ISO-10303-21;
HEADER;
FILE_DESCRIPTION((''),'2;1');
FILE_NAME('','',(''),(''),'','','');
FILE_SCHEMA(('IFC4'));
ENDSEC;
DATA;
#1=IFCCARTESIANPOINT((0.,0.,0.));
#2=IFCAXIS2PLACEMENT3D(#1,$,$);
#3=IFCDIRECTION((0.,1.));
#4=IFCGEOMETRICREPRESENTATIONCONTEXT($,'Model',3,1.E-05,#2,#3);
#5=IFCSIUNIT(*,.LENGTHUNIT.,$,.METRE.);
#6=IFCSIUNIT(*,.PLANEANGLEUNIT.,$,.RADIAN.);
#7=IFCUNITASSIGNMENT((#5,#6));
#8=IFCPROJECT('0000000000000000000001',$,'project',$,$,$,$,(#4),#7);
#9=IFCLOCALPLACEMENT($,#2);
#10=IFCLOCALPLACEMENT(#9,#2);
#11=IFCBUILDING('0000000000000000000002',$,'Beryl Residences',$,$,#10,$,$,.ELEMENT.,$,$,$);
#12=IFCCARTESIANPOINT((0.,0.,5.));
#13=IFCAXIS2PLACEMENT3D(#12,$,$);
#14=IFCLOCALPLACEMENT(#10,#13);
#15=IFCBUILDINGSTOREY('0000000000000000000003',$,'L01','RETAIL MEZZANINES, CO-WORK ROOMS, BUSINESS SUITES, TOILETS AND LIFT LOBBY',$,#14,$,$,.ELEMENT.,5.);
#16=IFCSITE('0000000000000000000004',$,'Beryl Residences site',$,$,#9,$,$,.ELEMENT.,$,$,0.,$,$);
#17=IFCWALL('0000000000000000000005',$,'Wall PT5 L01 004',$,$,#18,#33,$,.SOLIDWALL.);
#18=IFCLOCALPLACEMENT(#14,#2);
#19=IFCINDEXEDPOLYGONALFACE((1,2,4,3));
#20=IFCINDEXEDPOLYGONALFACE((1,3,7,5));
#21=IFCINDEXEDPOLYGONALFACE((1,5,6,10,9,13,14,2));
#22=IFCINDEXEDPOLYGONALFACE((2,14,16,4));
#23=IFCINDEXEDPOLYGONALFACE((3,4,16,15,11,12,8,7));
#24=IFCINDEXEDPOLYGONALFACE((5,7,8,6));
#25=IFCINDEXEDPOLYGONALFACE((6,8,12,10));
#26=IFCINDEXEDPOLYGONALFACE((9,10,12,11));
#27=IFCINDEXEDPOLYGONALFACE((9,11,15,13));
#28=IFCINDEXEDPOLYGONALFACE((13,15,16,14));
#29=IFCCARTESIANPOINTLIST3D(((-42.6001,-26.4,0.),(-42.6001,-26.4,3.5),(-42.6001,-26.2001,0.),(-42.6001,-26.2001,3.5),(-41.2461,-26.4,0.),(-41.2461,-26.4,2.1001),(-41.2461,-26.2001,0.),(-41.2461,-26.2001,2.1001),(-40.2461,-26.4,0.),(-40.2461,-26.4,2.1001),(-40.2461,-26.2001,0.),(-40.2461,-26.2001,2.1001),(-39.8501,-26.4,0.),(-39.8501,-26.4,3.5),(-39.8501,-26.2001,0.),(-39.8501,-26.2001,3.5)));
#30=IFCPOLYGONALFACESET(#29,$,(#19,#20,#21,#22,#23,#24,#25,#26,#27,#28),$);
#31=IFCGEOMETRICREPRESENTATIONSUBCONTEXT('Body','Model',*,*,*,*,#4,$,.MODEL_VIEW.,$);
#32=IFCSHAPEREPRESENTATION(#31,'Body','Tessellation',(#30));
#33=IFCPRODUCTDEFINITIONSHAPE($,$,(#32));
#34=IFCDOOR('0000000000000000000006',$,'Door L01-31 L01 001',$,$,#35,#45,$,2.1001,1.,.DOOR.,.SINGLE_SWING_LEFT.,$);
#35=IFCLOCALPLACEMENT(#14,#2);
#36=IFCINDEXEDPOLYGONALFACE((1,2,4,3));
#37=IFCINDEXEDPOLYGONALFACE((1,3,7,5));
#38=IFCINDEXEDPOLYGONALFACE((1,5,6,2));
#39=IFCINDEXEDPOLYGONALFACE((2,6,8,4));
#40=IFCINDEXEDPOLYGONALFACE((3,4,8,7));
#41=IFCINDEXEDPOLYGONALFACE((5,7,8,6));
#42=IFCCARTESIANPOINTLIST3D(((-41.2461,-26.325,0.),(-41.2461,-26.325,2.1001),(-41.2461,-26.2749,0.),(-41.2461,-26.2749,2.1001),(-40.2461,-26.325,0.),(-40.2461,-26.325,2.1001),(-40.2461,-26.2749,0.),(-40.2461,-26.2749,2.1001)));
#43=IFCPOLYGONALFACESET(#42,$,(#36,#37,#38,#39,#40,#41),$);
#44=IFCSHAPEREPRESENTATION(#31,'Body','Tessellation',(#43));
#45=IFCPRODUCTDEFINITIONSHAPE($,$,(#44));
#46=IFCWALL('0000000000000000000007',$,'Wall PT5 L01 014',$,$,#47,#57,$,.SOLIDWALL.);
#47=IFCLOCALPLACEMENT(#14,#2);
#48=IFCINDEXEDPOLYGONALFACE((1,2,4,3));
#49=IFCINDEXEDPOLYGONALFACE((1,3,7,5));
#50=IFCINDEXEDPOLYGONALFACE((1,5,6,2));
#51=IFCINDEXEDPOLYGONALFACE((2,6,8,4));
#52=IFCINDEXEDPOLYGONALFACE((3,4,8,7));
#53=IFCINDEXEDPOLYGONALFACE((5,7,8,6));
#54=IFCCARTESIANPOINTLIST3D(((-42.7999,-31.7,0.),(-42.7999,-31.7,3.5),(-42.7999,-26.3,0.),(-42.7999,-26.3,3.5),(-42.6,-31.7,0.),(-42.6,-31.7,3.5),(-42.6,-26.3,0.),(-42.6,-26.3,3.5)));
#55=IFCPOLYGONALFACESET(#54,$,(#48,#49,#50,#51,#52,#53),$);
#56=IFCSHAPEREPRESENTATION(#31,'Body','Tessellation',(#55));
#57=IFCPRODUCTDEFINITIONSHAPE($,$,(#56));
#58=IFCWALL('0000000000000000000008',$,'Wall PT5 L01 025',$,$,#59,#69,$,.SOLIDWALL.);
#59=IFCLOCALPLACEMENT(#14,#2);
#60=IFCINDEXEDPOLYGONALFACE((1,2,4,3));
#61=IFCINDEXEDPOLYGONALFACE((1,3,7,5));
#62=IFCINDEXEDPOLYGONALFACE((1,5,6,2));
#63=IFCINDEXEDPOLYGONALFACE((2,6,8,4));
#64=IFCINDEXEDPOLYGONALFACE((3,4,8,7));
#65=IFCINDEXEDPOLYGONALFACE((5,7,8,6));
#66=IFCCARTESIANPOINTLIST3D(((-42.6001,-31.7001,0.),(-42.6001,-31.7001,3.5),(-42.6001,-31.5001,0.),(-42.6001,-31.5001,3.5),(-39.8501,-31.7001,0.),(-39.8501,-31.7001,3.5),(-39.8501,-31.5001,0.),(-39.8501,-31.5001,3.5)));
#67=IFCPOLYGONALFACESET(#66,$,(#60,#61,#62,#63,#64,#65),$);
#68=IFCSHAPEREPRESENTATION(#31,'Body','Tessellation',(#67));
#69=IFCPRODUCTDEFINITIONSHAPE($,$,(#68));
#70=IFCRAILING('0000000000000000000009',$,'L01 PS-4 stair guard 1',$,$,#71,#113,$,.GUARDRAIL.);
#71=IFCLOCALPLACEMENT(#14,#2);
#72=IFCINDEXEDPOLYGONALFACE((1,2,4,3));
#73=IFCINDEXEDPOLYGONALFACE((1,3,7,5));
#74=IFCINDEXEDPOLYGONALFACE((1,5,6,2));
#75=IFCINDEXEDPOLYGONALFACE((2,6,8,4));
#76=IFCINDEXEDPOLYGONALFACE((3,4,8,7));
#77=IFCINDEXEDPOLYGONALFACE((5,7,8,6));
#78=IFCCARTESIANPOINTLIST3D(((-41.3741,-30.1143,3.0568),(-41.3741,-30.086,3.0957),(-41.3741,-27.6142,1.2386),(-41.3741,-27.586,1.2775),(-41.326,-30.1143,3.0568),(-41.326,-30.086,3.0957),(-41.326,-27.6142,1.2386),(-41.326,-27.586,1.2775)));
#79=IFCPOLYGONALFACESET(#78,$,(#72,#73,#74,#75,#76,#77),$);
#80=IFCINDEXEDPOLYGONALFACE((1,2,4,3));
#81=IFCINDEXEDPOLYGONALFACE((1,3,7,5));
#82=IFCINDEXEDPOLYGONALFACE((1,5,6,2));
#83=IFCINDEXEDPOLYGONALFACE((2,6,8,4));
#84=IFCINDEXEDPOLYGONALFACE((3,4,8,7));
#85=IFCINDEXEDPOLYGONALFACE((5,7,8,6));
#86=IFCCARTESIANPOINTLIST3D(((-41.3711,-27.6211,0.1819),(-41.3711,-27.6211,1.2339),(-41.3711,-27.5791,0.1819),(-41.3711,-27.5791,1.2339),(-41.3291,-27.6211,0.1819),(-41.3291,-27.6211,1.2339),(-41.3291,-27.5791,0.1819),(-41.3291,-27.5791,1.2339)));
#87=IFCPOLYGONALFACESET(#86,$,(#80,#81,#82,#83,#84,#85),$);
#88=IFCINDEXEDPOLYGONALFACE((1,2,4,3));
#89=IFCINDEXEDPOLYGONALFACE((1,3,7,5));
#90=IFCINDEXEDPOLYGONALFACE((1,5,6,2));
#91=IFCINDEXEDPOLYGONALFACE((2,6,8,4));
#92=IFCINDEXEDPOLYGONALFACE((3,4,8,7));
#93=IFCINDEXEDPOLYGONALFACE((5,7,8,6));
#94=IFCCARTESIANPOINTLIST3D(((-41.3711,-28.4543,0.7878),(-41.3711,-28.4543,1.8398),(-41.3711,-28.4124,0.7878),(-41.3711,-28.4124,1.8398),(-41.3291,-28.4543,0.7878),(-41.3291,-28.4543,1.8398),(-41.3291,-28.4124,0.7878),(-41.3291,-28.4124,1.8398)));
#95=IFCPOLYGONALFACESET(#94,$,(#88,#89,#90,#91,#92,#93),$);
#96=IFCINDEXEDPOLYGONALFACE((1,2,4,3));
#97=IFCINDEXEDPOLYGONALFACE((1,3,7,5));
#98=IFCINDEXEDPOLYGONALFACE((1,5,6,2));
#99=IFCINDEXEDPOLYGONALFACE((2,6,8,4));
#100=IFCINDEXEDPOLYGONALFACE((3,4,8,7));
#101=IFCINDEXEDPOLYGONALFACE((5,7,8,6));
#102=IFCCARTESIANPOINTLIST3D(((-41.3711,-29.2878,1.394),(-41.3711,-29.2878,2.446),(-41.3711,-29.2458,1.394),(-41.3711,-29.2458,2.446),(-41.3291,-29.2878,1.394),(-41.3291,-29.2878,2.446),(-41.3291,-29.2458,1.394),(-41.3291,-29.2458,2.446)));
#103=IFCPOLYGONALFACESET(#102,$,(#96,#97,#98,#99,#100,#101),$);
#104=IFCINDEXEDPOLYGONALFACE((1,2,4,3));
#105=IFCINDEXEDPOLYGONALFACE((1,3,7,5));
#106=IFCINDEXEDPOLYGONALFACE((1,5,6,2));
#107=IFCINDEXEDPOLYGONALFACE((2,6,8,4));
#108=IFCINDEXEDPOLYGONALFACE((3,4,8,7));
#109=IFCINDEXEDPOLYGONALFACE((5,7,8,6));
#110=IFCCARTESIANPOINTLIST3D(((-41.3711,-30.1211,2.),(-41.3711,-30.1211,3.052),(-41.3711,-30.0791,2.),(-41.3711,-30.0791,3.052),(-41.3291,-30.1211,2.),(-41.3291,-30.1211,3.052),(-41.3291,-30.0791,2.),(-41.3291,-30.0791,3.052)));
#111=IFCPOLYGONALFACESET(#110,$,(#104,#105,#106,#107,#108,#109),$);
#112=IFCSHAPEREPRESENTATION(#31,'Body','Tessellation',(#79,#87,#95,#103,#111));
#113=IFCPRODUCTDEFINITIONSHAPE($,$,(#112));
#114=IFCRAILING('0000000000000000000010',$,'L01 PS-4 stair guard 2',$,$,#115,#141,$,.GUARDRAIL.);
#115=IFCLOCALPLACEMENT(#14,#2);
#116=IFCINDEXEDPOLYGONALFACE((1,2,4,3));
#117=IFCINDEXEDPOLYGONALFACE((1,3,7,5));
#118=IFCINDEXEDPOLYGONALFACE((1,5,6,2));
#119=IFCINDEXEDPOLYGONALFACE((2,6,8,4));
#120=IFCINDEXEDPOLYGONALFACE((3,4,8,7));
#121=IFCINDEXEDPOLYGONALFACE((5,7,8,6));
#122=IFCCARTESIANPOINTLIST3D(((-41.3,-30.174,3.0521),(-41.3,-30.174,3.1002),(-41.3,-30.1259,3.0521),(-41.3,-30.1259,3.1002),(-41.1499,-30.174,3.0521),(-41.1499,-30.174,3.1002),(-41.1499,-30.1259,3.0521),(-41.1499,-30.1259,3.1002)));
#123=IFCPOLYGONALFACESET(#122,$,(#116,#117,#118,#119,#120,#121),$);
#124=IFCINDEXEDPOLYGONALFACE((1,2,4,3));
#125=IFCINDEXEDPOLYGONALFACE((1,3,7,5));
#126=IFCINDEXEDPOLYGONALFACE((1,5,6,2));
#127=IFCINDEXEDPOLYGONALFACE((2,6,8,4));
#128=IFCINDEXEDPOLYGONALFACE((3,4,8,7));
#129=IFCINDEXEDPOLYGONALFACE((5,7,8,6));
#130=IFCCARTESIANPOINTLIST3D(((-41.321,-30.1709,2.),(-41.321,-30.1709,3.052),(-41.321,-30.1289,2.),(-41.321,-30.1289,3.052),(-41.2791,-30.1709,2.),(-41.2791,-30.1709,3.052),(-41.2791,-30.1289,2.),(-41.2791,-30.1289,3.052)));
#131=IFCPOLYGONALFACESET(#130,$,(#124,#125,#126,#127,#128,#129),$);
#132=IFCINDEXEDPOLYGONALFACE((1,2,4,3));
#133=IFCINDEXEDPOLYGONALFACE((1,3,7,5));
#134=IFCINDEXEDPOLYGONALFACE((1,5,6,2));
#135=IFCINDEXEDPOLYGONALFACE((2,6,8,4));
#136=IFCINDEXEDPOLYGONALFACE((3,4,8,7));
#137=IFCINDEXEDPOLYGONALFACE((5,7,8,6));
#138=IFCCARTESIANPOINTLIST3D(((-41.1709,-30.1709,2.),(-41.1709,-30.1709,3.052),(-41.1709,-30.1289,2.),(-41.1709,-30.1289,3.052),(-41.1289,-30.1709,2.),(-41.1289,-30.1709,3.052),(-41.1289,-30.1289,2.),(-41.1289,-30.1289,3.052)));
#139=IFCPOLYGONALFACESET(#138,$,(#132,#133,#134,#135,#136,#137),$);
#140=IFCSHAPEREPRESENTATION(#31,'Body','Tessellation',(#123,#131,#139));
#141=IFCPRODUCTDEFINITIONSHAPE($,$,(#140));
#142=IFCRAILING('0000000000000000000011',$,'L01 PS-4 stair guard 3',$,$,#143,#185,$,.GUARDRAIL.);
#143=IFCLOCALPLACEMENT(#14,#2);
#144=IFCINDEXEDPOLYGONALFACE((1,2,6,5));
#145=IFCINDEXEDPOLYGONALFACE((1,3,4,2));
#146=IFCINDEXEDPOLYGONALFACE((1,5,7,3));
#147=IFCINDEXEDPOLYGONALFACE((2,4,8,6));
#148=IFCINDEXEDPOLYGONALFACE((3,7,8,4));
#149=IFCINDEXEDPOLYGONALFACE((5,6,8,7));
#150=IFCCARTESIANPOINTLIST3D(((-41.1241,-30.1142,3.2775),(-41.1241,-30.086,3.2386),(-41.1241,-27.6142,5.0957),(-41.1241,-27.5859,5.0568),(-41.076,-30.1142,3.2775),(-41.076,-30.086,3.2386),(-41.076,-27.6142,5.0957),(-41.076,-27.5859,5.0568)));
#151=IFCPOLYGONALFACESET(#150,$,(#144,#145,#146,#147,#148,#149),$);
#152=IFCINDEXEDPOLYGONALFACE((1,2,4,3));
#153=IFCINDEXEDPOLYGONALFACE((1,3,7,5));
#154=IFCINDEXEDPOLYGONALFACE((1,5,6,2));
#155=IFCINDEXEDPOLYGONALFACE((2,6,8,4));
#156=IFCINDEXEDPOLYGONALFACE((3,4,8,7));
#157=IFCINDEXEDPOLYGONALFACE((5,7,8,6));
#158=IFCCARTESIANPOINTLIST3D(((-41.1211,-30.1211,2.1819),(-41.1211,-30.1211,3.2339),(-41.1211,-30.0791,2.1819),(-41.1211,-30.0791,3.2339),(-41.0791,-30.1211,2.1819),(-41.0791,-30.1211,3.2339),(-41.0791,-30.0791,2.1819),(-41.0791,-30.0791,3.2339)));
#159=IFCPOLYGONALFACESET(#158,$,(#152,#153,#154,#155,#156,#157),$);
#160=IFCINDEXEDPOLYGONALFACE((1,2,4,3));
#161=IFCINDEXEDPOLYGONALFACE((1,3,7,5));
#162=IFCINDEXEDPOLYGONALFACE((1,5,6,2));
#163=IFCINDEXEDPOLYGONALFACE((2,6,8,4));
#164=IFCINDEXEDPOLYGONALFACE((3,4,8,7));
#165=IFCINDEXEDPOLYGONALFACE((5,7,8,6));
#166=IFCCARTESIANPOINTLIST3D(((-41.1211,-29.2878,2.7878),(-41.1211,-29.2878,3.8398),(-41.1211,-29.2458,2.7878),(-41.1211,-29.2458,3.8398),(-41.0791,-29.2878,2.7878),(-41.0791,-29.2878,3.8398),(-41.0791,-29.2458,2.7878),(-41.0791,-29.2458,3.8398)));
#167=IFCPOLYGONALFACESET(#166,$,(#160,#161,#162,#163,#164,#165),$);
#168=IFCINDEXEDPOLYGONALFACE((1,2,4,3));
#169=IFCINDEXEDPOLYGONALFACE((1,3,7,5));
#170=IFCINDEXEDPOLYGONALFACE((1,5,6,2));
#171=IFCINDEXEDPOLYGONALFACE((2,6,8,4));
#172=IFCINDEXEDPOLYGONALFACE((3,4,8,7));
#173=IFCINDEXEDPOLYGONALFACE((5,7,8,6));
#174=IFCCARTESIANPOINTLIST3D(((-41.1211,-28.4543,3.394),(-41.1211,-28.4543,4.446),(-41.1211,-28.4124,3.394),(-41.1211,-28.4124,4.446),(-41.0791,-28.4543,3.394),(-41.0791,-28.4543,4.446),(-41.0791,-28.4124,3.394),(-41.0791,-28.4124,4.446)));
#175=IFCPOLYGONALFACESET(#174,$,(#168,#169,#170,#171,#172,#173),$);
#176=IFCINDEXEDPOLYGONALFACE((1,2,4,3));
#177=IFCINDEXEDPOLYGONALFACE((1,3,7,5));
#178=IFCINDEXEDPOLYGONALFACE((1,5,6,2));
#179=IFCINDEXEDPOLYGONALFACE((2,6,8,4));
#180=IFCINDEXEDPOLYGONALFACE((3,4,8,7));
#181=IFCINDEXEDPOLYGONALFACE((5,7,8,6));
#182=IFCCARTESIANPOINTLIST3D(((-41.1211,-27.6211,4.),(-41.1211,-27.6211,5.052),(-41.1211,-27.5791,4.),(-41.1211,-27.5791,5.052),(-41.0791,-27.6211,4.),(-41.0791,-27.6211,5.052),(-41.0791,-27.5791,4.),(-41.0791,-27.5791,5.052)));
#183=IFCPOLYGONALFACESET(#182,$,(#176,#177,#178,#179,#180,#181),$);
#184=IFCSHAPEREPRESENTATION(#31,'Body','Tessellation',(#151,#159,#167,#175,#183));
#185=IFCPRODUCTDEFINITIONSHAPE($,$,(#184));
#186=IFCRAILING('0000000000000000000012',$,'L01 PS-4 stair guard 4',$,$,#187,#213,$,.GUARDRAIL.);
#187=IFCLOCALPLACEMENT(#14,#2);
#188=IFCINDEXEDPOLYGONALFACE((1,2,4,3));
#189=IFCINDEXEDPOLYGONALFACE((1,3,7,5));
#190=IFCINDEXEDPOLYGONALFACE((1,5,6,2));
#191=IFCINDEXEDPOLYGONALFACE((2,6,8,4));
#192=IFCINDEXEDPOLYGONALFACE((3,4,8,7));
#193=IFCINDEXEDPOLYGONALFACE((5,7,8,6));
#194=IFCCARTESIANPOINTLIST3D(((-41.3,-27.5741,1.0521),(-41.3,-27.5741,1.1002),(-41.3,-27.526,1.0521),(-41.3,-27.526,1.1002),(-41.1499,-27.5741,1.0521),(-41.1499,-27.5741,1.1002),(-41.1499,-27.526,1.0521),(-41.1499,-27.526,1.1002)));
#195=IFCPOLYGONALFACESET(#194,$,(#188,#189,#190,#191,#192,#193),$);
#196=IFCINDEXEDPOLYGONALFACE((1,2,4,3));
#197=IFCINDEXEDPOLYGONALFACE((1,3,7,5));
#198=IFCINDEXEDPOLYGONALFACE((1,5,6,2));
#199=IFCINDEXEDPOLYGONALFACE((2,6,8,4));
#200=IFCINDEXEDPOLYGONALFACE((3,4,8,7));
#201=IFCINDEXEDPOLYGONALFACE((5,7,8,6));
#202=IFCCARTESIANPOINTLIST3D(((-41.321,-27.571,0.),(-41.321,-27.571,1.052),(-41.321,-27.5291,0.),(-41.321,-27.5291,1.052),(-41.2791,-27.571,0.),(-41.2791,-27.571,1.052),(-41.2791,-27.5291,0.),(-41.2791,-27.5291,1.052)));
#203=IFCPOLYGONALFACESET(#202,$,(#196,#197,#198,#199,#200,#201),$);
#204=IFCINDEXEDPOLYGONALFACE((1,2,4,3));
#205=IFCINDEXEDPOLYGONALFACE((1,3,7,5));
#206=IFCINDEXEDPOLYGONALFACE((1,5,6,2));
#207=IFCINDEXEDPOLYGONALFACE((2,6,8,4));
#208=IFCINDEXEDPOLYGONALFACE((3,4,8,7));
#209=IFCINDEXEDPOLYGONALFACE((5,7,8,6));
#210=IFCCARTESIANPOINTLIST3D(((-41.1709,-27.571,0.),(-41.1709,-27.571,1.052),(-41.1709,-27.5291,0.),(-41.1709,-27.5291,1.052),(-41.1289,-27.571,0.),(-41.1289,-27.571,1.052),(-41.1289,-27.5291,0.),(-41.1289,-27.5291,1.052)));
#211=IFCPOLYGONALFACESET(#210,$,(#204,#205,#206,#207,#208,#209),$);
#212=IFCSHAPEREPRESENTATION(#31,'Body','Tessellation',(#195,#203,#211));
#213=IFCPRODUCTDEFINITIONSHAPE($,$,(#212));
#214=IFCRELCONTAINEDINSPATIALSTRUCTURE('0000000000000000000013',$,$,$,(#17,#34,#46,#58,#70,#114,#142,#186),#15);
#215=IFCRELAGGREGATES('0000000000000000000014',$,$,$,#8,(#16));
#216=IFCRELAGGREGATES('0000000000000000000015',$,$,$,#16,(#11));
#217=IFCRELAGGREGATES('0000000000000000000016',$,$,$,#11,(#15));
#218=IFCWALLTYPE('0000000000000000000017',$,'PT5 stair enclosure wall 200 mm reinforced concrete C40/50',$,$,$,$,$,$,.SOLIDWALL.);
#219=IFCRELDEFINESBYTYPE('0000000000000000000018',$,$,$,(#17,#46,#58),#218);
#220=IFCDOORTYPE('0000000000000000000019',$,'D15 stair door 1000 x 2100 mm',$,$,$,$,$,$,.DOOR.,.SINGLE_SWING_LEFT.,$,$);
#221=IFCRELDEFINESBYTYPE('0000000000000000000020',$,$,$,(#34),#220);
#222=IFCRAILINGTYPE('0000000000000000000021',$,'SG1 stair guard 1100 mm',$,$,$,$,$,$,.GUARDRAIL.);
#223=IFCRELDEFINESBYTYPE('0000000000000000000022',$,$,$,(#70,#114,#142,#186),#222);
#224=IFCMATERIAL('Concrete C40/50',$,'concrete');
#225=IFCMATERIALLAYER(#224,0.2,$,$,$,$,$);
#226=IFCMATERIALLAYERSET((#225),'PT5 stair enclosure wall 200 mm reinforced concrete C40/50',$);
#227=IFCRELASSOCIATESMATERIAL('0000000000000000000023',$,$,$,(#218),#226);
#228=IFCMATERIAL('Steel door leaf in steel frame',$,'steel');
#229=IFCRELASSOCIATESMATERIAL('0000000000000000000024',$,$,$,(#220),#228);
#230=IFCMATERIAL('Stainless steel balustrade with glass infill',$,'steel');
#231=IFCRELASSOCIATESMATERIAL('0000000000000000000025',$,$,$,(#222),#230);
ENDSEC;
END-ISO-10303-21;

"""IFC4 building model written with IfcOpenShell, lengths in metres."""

from ifc_helpers import new_model, si_unit, direction, frame, frame_2d, origin, origin_2d, place, context, subcontext, project, spatial, rectangle, extrude, material, layer, layer_set, type_object, element, fill, save


model = new_model("IFC4")

# Units and contexts
model_context = context("Model", 3, precision=1e-05, world=origin(), true_north=direction((0.0, 1.0)))
body_context = subcontext(model_context, "Body", "Model", "MODEL_VIEW")
ifc_project = project(units=[si_unit("LENGTHUNIT", "METRE"), si_unit("PLANEANGLEUNIT", "RADIAN")], contexts=[model_context])

# Site, building, storey
site_placement = place(None, origin())
site = spatial("IfcSite", under=ifc_project, at=site_placement, Name="Beryl Residences site", CompositionType="ELEMENT", RefElevation=0.0)
building_placement = place(site_placement, origin())
building = spatial("IfcBuilding", under=site, at=building_placement, Name="Beryl Residences", CompositionType="ELEMENT")
storey_placement = place(building_placement, frame((0.0, 0.0, 5.0)))
storey = spatial("IfcBuildingStorey", under=building, at=storey_placement, Name="L01", Description="RETAIL MEZZANINES, CO-WORK ROOMS, BUSINESS SUITES, TOILETS AND LIFT LOBBY", CompositionType="ELEMENT", Elevation=5.0)

# Wall, opening, door
ifc_material_1 = material(Name="Concrete C40/50", Category="concrete")
ifc_layer_1 = layer(ifc_material_1, 0.2)
ifc_layer_set_1 = layer_set([ifc_layer_1], Name="PT5 stair enclosure wall 200 mm reinforced concrete C40/50")
wall_type_1 = type_object("IfcWallType", Name="PT5 stair enclosure wall 200 mm reinforced concrete C40/50", PredefinedType="SOLIDWALL", material=ifc_layer_set_1)
wall_1_placement = place(storey_placement, frame((-42.6001, -26.3, 0.0), z_axis=(0.0, 0.0, 1.0), x_axis=(1.0, 0.0, 0.0)))
wall_1 = element("IfcWall", 1, at=wall_1_placement, inside=storey, type_object=wall_type_1, Name="Wall PT5 L01 004", PredefinedType="SOLIDWALL", context=body_context, shape_type="SweptSolid", body=[
    extrude(rectangle(XDim=2.75, YDim=0.2, at=frame_2d((1.375, 0.0))), origin(), (0.0, 0.0, 1.0), 3.5),
])
opening_1_placement = place(wall_1_placement, frame((2.354, 0.0, 0.0), z_axis=(0.0, 0.0, 1.0), x_axis=(-1.0, 0.0, 0.0)))
opening_1 = element("IfcOpeningElement", 2, at=opening_1_placement, cuts=wall_1, PredefinedType="OPENING", context=body_context, shape_type="SweptSolid", body=[
    extrude(rectangle(XDim=1.0, YDim=2.1001, at=frame_2d((0.5, 1.05))), frame((0.0, 0.1099, 0.0), z_axis=(0.0, -1.0, 0.0), x_axis=(1.0, 0.0, 0.0)), (0.0, 0.0, 1.0), 0.22),
])
ifc_material_2 = material(Name="Steel door leaf in steel frame", Category="steel")
door_type_1 = type_object("IfcDoorType", Name="D15 stair door 1000 x 2100 mm", OperationType="SINGLE_SWING_LEFT", PredefinedType="DOOR", material=ifc_material_2)
door_1_placement = place(opening_1_placement, origin())
door_1 = element("IfcDoor", 3, at=door_1_placement, inside=storey, type_object=door_type_1, Name="Door L01-31 L01 001", OperationType="SINGLE_SWING_LEFT", OverallHeight=2.1001, OverallWidth=1.0, PredefinedType="DOOR", context=body_context, shape_type="SweptSolid", body=[
    extrude(rectangle(XDim=1.0, YDim=2.1001, at=frame_2d((0.5, 1.05))), frame((0.0, 0.0249, 0.0), z_axis=(0.0, -1.0, 0.0), x_axis=(1.0, 0.0, 0.0)), (0.0, 0.0, 1.0), 0.05),
])
fill(opening_1, door_1)

# Walls
wall_2_placement = place(storey_placement, frame((-42.7, -31.7, 0.0), z_axis=(0.0, 0.0, 1.0), x_axis=(0.0, 1.0, 0.0)))
element("IfcWall", 4, at=wall_2_placement, inside=storey, type_object=wall_type_1, Name="Wall PT5 L01 014", PredefinedType="SOLIDWALL", context=body_context, shape_type="SweptSolid", body=[
    extrude(rectangle(XDim=5.3999, YDim=0.2, at=frame_2d((2.7, 0.0))), origin(), (0.0, 0.0, 1.0), 3.5),
])
wall_3_placement = place(storey_placement, frame((-42.6001, -31.6001, 0.0), z_axis=(0.0, 0.0, 1.0), x_axis=(1.0, 0.0, 0.0)))
element("IfcWall", 5, at=wall_3_placement, inside=storey, type_object=wall_type_1, Name="Wall PT5 L01 025", PredefinedType="SOLIDWALL", context=body_context, shape_type="SweptSolid", body=[
    extrude(rectangle(XDim=2.75, YDim=0.2, at=frame_2d((1.375, 0.0))), origin(), (0.0, 0.0, 1.0), 3.5),
])

# Railings
ifc_material_3 = material(Name="Stainless steel balustrade with glass infill", Category="steel")
railing_type_1 = type_object("IfcRailingType", Name="SG1 stair guard 1100 mm", PredefinedType="GUARDRAIL", material=ifc_material_3)
railing_1_placement = place(storey_placement, frame((-41.3501, -27.6001, 0.1819)))
element("IfcRailing", 6, at=railing_1_placement, inside=storey, type_object=railing_type_1, Name="L01 PS-4 stair guard 1", PredefinedType="GUARDRAIL", context=body_context, shape_type="SweptSolid", body=[
    extrude(rectangle(XDim=0.0481, YDim=0.0481, at=origin_2d()), frame((0.0, 0.0, 1.0762), z_axis=(0.0, -0.808746, 0.588158), x_axis=(1.0, 0.0, 0.0)), (0.0, 0.0, 1.0), 3.0913),
    extrude(rectangle(XDim=0.042, YDim=0.042, at=origin_2d()), origin(), (0.0, 0.0, 1.0), 1.052),
    extrude(rectangle(XDim=0.042, YDim=0.042, at=origin_2d()), frame((0.0, -0.8333, 0.606)), (0.0, 0.0, 1.0), 1.052),
    extrude(rectangle(XDim=0.042, YDim=0.042, at=origin_2d()), frame((0.0, -1.6667, 1.2122)), (0.0, 0.0, 1.0), 1.052),
    extrude(rectangle(XDim=0.042, YDim=0.042, at=origin_2d()), frame((0.0, -2.5, 1.8181)), (0.0, 0.0, 1.0), 1.052),
])
railing_2_placement = place(storey_placement, frame((-41.3, -30.1499, 2.0)))
element("IfcRailing", 7, at=railing_2_placement, inside=storey, type_object=railing_type_1, Name="L01 PS-4 stair guard 2", PredefinedType="GUARDRAIL", context=body_context, shape_type="SweptSolid", body=[
    extrude(rectangle(XDim=0.0481, YDim=0.0481, at=origin_2d()), frame((0.0, 0.0, 1.0762), z_axis=(1.0, 0.0, 0.0), x_axis=(0.0, 1.0, 0.0)), (0.0, 0.0, 1.0), 0.1501),
    extrude(rectangle(XDim=0.042, YDim=0.042, at=origin_2d()), origin(), (0.0, 0.0, 1.0), 1.052),
    extrude(rectangle(XDim=0.042, YDim=0.042, at=origin_2d()), frame((0.1501, 0.0, 0.0)), (0.0, 0.0, 1.0), 1.052),
])
railing_3_placement = place(storey_placement, frame((-41.1001, -30.1001, 2.1819)))
element("IfcRailing", 8, at=railing_3_placement, inside=storey, type_object=railing_type_1, Name="L01 PS-4 stair guard 3", PredefinedType="GUARDRAIL", context=body_context, shape_type="SweptSolid", body=[
    extrude(rectangle(XDim=0.0481, YDim=0.0481, at=origin_2d()), frame((0.0, 0.0, 1.0762), z_axis=(0.0, 0.808746, 0.588158), x_axis=(-1.0, 0.0, 0.0)), (0.0, 0.0, 1.0), 3.0913),
    extrude(rectangle(XDim=0.042, YDim=0.042, at=origin_2d()), origin(), (0.0, 0.0, 1.0), 1.052),
    extrude(rectangle(XDim=0.042, YDim=0.042, at=origin_2d()), frame((0.0, 0.8333, 0.606)), (0.0, 0.0, 1.0), 1.052),
    extrude(rectangle(XDim=0.042, YDim=0.042, at=origin_2d()), frame((0.0, 1.6667, 1.2122)), (0.0, 0.0, 1.0), 1.052),
    extrude(rectangle(XDim=0.042, YDim=0.042, at=origin_2d()), frame((0.0, 2.5, 1.8181)), (0.0, 0.0, 1.0), 1.052),
])
railing_4_placement = place(storey_placement, frame((-41.3, -27.55, 0.0)))
element("IfcRailing", 9, at=railing_4_placement, inside=storey, type_object=railing_type_1, Name="L01 PS-4 stair guard 4", PredefinedType="GUARDRAIL", context=body_context, shape_type="SweptSolid", body=[
    extrude(rectangle(XDim=0.0481, YDim=0.0481, at=origin_2d()), frame((0.0, 0.0, 1.0762), z_axis=(1.0, 0.0, 0.0), x_axis=(0.0, 1.0, 0.0)), (0.0, 0.0, 1.0), 0.1501),
    extrude(rectangle(XDim=0.042, YDim=0.042, at=origin_2d()), origin(), (0.0, 0.0, 1.0), 1.052),
    extrude(rectangle(XDim=0.042, YDim=0.042, at=origin_2d()), frame((0.1501, 0.0, 0.0)), (0.0, 0.0, 1.0), 1.052),
])

save(model, "model.ifc")
